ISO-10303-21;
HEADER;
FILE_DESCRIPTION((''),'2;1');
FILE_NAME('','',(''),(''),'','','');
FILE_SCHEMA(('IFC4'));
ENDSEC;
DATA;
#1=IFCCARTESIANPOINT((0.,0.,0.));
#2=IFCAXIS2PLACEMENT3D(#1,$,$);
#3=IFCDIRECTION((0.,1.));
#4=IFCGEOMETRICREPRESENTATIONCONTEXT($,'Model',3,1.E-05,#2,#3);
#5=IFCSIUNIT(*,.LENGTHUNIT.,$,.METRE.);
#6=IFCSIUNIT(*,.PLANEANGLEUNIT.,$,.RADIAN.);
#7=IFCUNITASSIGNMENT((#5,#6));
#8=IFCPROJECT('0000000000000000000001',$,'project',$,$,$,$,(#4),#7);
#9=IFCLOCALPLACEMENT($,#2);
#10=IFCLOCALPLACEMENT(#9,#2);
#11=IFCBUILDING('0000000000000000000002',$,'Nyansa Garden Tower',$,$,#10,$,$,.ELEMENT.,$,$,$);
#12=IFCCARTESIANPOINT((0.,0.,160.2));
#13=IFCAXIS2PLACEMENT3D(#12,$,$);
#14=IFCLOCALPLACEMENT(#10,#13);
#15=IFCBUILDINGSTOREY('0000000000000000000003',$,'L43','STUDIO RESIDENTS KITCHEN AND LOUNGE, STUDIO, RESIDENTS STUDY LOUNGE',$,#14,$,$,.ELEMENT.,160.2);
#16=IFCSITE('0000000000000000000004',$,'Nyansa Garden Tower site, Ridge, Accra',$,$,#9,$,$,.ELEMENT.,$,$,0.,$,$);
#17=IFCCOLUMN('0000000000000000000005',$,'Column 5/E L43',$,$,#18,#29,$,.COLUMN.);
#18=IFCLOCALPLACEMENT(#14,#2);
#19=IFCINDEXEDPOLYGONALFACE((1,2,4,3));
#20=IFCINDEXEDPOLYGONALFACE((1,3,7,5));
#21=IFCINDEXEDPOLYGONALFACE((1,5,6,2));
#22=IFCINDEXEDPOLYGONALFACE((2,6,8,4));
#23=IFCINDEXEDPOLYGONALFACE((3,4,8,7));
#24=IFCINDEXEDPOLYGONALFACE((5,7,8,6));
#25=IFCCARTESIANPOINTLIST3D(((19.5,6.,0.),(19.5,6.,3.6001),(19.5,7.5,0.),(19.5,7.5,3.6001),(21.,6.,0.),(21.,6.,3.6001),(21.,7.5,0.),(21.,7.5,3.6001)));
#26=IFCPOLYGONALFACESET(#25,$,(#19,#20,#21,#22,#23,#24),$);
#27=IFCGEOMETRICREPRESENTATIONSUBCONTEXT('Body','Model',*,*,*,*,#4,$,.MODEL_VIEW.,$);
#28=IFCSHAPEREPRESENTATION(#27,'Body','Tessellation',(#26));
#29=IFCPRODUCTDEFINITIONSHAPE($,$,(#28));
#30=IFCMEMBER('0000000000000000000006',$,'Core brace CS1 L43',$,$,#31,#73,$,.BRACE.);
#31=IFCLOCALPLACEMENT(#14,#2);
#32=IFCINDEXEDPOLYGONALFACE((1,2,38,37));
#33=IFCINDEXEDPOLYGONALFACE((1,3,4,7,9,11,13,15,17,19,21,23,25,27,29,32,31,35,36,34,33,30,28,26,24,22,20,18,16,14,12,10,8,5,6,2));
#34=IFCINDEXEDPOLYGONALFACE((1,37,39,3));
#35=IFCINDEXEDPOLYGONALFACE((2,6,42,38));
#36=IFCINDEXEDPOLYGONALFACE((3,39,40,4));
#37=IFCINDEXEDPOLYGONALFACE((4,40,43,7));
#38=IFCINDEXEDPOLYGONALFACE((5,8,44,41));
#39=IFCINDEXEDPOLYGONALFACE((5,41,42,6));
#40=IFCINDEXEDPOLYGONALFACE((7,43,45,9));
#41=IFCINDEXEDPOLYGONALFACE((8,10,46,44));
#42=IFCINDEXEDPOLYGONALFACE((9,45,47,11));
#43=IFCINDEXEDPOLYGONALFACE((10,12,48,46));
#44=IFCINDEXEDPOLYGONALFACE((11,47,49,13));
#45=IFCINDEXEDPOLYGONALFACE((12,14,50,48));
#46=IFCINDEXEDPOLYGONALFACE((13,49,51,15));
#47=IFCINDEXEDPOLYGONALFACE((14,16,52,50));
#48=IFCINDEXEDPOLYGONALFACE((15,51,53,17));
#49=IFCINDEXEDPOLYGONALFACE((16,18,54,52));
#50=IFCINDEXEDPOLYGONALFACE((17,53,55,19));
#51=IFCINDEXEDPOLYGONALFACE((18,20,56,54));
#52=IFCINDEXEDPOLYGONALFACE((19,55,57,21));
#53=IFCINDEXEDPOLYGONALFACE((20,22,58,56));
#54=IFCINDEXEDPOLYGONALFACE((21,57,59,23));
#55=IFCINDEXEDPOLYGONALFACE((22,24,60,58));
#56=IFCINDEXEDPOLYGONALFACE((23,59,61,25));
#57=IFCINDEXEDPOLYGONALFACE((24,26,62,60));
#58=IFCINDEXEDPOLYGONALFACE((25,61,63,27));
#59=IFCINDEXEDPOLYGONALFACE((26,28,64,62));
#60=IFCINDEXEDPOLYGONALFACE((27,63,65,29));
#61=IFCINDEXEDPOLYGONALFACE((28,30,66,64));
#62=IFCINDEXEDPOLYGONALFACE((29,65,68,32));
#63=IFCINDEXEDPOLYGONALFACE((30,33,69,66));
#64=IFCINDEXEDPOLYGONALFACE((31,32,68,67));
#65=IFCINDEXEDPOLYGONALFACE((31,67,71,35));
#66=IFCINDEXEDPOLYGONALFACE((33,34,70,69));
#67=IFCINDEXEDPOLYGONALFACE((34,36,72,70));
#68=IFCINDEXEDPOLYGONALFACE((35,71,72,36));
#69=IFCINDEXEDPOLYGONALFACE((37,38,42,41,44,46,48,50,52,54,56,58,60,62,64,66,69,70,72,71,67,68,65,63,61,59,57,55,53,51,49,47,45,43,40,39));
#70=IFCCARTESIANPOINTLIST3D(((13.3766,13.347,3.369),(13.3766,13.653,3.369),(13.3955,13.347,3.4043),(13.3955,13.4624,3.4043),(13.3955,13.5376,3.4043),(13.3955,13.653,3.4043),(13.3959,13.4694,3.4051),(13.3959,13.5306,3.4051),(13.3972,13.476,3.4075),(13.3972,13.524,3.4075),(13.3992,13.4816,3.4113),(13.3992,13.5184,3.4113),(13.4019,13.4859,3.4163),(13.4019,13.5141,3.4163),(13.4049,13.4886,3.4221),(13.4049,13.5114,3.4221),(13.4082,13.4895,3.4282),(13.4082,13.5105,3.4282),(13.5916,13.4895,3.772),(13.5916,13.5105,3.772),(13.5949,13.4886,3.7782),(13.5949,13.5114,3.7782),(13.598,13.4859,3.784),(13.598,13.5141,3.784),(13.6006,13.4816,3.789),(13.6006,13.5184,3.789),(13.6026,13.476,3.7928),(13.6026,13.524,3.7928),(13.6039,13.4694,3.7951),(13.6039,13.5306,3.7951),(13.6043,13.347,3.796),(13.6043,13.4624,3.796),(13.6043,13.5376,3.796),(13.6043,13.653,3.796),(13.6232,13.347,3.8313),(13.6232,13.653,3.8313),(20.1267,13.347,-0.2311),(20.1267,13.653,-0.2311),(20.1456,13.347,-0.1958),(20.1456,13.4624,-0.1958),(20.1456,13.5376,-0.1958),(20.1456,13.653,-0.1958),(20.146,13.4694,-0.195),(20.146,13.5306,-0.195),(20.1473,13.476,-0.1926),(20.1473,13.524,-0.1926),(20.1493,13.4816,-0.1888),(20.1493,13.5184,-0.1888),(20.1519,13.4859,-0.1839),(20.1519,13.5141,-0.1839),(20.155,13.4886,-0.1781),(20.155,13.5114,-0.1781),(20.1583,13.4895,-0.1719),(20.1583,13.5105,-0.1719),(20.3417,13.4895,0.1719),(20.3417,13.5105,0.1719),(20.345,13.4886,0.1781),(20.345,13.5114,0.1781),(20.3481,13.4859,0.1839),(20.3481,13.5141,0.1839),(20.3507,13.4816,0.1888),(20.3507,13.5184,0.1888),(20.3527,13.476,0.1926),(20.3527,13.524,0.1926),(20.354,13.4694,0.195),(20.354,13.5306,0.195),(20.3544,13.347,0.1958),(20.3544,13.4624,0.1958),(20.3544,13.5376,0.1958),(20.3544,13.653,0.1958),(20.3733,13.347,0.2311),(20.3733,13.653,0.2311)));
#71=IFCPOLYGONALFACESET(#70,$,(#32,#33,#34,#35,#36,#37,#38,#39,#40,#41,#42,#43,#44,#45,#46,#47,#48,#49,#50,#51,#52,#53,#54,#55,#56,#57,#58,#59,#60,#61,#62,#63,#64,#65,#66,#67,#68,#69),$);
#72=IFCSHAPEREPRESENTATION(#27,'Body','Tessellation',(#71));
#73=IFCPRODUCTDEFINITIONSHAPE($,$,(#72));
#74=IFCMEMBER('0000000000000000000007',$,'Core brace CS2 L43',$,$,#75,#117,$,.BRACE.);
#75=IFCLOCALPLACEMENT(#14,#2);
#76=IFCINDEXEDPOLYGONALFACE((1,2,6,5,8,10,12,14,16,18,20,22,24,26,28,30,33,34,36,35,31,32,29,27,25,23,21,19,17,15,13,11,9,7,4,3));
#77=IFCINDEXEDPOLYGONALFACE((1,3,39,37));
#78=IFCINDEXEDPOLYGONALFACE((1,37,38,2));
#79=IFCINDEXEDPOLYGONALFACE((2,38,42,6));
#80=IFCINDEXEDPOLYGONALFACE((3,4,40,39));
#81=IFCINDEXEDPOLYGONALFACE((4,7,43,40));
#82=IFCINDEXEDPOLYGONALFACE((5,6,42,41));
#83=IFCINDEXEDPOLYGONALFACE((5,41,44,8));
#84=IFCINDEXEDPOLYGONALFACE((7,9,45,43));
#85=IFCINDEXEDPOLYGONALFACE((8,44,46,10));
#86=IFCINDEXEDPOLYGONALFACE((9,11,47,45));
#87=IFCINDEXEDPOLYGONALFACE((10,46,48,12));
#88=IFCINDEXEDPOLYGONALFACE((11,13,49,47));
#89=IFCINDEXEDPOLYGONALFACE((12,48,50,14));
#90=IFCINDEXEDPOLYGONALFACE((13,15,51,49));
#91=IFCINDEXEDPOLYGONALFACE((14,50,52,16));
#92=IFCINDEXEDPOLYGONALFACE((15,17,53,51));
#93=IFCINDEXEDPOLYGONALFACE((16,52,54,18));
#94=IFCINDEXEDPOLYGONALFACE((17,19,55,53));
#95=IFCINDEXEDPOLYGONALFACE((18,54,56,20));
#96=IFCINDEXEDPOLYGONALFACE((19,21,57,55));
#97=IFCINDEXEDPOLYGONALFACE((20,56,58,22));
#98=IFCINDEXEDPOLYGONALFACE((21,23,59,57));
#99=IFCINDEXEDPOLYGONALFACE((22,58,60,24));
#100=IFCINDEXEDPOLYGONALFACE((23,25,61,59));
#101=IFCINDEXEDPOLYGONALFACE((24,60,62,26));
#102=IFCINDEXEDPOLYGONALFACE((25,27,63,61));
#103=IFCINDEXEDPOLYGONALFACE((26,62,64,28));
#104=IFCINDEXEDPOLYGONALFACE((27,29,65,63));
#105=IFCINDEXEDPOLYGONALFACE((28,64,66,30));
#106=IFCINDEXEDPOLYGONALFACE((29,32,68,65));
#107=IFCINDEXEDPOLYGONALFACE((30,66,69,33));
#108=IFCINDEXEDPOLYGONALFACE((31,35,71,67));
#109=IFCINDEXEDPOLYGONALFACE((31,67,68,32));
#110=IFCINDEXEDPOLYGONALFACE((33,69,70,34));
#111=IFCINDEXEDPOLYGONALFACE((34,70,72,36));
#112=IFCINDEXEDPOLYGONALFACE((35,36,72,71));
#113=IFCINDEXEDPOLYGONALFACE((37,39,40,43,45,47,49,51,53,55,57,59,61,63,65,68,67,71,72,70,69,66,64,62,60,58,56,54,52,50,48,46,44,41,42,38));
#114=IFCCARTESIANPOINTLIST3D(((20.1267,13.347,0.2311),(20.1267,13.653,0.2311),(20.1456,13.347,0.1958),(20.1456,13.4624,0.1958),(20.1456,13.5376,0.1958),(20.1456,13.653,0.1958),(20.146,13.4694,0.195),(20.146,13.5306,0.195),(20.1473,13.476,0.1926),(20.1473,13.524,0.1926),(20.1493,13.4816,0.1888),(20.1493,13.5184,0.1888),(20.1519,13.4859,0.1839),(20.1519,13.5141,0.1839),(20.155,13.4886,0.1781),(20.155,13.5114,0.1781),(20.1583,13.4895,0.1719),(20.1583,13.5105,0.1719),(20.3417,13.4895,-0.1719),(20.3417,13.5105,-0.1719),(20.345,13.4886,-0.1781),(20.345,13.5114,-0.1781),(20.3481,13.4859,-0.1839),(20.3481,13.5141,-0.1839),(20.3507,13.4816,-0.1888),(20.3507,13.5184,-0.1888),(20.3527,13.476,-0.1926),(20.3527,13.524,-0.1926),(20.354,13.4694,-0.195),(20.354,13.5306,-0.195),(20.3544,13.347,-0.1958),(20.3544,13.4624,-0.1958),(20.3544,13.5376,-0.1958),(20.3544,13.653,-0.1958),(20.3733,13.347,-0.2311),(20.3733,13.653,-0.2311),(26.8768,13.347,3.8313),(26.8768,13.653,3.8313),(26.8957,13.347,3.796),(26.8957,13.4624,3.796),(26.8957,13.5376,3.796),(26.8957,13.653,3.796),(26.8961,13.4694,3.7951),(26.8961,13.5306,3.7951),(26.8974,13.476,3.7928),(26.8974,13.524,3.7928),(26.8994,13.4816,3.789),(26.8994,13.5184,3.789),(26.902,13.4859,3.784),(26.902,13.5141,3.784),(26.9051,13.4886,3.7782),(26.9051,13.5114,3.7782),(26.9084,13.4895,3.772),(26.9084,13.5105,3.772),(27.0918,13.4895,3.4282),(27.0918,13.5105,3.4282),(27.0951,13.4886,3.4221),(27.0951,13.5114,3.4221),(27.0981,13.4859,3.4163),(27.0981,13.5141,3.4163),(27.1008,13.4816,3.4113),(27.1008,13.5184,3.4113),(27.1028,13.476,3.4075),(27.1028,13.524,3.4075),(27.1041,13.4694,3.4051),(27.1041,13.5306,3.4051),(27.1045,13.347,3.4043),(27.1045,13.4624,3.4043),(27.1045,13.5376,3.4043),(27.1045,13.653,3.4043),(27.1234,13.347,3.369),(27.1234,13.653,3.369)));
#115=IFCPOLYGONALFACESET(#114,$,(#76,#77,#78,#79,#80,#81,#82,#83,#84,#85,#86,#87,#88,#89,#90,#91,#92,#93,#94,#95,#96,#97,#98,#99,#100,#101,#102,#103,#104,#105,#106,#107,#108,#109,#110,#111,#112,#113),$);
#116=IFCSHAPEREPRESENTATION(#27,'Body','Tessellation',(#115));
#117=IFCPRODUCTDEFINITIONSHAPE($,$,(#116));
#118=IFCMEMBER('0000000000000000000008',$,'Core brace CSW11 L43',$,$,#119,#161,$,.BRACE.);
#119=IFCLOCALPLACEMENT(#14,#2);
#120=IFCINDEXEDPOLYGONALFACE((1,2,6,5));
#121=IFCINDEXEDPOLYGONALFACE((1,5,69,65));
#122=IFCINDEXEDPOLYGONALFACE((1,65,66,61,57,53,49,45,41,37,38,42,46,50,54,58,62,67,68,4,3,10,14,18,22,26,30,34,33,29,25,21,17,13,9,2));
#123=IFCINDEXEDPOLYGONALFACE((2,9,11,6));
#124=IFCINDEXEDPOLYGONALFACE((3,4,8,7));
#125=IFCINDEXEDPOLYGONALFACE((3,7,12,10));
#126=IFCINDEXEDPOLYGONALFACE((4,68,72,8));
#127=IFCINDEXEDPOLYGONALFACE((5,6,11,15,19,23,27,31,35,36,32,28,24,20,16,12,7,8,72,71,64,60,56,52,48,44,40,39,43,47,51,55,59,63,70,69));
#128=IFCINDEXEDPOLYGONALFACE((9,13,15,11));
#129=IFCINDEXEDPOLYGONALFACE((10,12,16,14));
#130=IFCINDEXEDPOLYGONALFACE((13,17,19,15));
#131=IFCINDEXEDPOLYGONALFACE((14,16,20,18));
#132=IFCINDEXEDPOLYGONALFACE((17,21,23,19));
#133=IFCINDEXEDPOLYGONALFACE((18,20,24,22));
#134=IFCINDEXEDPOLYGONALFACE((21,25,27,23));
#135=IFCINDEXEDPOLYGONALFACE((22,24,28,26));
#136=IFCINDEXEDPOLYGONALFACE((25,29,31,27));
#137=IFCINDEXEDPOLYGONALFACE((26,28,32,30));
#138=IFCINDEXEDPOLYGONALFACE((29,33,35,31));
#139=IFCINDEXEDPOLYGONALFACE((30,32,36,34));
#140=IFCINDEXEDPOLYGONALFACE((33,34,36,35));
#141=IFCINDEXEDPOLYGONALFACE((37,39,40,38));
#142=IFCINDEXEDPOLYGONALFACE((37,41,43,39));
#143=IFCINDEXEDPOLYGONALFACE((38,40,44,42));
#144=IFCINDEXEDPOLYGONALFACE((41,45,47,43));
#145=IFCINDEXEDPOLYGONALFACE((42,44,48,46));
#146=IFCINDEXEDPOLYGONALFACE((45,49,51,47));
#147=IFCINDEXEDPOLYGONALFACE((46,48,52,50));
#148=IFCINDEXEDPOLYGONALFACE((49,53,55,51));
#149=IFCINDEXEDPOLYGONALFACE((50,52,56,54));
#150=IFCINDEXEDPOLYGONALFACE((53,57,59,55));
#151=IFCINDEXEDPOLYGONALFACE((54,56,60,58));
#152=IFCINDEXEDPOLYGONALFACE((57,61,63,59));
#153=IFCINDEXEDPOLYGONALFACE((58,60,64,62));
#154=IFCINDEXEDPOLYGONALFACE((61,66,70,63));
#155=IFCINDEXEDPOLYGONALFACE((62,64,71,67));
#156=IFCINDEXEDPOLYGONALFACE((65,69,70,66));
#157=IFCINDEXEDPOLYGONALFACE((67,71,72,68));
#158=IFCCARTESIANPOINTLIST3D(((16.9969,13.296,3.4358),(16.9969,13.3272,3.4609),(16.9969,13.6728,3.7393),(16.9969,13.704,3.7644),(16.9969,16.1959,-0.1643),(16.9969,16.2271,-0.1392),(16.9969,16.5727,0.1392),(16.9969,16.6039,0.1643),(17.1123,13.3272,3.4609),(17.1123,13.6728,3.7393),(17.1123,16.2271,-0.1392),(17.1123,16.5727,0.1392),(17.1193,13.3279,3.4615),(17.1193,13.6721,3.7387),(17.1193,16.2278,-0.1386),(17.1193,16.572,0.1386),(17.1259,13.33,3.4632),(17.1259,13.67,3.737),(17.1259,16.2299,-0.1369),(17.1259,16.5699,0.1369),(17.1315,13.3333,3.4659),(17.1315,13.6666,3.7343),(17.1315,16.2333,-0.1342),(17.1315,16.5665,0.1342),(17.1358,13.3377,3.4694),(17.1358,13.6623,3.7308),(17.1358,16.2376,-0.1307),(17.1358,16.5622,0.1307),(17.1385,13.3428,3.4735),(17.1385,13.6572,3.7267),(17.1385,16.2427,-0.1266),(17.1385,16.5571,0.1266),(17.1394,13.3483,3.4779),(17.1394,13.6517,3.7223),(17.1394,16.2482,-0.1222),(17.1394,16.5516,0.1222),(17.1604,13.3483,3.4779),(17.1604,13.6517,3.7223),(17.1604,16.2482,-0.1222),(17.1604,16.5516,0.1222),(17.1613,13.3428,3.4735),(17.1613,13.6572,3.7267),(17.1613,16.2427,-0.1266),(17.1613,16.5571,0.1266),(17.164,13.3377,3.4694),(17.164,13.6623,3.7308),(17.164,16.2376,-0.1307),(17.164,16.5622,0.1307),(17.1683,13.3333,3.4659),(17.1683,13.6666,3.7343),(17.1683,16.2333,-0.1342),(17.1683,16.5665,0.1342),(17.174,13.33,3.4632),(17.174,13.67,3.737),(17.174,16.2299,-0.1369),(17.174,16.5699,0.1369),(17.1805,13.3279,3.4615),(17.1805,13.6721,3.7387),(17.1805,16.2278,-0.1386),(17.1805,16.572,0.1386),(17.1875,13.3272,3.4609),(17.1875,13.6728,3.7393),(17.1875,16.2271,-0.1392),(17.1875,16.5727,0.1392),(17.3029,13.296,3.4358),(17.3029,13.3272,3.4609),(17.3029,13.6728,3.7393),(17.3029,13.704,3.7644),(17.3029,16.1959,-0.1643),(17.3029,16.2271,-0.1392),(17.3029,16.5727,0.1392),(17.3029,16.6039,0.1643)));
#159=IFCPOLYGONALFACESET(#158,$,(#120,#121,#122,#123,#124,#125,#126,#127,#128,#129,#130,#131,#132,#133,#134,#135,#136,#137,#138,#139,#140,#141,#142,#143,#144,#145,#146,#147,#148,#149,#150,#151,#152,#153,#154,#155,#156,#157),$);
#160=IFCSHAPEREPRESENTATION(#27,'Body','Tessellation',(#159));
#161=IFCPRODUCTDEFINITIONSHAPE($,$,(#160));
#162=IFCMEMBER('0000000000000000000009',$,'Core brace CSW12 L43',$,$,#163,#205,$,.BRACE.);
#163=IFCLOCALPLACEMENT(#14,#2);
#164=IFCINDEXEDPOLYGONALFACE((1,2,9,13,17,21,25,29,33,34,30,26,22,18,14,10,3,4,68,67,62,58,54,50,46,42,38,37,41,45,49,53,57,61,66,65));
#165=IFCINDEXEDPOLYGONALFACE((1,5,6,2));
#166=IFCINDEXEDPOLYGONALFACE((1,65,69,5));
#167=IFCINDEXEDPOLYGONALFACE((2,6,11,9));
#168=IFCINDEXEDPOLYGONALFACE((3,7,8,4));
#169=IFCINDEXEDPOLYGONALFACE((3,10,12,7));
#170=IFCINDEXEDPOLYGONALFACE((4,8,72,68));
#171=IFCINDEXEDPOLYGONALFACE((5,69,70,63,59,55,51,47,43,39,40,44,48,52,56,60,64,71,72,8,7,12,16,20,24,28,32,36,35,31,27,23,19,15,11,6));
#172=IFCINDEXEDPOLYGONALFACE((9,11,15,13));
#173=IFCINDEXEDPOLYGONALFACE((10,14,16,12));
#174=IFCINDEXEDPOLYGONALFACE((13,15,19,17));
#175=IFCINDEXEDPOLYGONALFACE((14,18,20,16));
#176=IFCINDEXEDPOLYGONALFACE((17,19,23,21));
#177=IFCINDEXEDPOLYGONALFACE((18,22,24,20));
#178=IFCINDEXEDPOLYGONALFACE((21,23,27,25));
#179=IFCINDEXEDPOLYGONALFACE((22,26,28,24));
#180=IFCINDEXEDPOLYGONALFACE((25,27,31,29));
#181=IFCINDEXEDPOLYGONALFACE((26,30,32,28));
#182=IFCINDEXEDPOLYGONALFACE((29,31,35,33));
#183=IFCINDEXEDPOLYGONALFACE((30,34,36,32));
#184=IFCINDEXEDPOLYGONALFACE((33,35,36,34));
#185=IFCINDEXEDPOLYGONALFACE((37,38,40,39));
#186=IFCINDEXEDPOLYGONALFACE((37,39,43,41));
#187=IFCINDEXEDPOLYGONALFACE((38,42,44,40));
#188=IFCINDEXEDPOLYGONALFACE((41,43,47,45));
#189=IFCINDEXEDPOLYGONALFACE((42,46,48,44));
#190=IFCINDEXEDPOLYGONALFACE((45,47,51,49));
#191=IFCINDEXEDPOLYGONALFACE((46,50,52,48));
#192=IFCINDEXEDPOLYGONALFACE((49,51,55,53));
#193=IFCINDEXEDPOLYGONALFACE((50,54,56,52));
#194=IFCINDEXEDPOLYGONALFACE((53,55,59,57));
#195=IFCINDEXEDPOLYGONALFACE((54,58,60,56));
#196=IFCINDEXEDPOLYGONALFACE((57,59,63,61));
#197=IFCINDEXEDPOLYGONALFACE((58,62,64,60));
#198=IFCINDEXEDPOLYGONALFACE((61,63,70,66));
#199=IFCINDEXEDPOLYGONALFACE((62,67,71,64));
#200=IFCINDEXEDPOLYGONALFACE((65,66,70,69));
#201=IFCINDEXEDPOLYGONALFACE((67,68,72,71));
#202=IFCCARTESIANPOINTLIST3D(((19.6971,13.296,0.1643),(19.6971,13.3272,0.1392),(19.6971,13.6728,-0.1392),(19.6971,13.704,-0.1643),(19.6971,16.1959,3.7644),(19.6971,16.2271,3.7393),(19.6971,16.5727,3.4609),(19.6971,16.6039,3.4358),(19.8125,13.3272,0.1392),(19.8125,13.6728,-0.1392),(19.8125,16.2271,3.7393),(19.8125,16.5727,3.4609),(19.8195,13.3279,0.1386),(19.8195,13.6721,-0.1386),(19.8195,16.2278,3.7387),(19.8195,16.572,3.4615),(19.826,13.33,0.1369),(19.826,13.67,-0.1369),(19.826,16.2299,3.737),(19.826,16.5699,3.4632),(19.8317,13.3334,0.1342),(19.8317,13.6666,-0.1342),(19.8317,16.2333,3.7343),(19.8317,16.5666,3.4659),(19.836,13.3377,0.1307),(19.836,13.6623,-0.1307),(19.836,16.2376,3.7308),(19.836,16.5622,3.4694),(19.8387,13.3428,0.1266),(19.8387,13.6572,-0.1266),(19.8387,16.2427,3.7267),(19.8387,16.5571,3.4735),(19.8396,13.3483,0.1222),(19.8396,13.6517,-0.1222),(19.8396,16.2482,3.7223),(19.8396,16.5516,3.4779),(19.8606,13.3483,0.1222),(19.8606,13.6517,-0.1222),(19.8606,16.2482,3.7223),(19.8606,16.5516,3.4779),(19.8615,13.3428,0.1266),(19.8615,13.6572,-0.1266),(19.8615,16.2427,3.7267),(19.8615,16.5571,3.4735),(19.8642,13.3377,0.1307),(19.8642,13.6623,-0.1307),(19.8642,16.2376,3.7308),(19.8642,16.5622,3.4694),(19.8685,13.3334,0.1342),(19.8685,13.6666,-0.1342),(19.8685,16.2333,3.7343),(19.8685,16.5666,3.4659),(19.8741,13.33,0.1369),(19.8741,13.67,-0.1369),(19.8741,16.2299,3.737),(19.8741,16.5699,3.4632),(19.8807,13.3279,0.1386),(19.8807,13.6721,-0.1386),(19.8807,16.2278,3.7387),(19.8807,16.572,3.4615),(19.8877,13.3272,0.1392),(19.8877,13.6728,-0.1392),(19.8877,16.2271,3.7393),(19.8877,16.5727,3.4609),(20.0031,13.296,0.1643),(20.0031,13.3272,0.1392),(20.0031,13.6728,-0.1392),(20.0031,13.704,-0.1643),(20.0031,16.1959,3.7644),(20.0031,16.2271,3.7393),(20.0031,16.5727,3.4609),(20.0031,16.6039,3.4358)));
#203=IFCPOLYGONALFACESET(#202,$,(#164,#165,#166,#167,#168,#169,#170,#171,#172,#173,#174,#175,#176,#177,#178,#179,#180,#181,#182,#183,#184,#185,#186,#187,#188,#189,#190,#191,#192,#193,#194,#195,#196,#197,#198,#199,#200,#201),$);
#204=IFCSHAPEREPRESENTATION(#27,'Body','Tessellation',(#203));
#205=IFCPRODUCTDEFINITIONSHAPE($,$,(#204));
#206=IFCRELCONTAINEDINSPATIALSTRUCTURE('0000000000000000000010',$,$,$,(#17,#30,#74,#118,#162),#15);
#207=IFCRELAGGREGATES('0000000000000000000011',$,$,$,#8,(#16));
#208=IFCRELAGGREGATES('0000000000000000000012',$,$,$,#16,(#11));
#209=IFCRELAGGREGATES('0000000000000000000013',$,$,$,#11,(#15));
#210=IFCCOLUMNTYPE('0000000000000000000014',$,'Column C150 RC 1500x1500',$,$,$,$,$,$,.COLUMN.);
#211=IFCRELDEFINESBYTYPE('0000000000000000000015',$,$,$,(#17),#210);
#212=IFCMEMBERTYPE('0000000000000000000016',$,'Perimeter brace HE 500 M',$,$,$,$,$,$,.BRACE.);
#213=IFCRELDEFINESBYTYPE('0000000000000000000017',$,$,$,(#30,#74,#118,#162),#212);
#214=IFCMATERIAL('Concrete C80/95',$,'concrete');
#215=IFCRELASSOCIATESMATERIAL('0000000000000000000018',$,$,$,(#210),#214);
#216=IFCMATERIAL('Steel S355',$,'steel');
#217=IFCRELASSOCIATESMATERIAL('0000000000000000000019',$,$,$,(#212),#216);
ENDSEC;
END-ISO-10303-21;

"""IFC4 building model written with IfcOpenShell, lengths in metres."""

from ifc_helpers import new_model, si_unit, direction, frame, origin, origin_2d, place, context, subcontext, project, spatial, rectangle, i_section, extrude, material, material_profile, profile_set, type_object, element, save


model = new_model("IFC4")

# Units and contexts
model_context = context("Model", 3, precision=1e-05, world=origin(), true_north=direction((0.0, 1.0)))
body_context = subcontext(model_context, "Body", "Model", "MODEL_VIEW")
ifc_project = project(units=[si_unit("LENGTHUNIT", "METRE"), si_unit("PLANEANGLEUNIT", "RADIAN")], contexts=[model_context])

# Site, building, storey
site_placement = place(None, origin())
site = spatial("IfcSite", under=ifc_project, at=site_placement, Name="Nyansa Garden Tower site, Ridge, Accra", CompositionType="ELEMENT", RefElevation=0.0)
building_placement = place(site_placement, origin())
building = spatial("IfcBuilding", under=site, at=building_placement, Name="Nyansa Garden Tower", CompositionType="ELEMENT")
storey_placement = place(building_placement, frame((0.0, 0.0, 160.2)))
storey = spatial("IfcBuildingStorey", under=building, at=storey_placement, Name="L43", Description="STUDIO RESIDENTS KITCHEN AND LOUNGE, STUDIO, RESIDENTS STUDY LOUNGE", CompositionType="ELEMENT", Elevation=160.2)

# Column
ifc_material_1 = material(Name="Concrete C80/95", Category="concrete")
ifc_material_profile_1 = material_profile(ifc_material_1, rectangle(XDim=1.5, YDim=1.5, at=origin_2d()), Name="RC 1500x1500")
ifc_profile_set_1 = profile_set([ifc_material_profile_1], Name="Concrete C80/95")
column_type = type_object("IfcColumnType", Name="Column C150 RC 1500x1500", PredefinedType="COLUMN", material=ifc_profile_set_1)
column_placement = place(storey_placement, frame((20.25, 6.75, 0.0), z_axis=(0.0, 0.0, 1.0), x_axis=(1.0, 0.0, 0.0)))
element("IfcColumn", 1, at=column_placement, inside=storey, type_object=column_type, Name="Column 5/E L43", PredefinedType="COLUMN", context=body_context, shape_type="SweptSolid", body=[
    extrude(rectangle(XDim=1.5, YDim=1.5, at=origin_2d()), origin(), (0.0, 0.0, 1.0), 3.6001),
])

# Members
ifc_material_2 = material(Name="Steel S355", Category="steel")
ifc_material_profile_2 = material_profile(ifc_material_2, i_section(OverallWidth=0.3059, OverallDepth=0.5239, WebThickness=0.021, FlangeThickness=0.04, FilletRadius=0.0271, at=origin_2d()), Name="HE 500 M")
ifc_profile_set_2 = profile_set([ifc_material_profile_2], Name="Steel S355")
member_type = type_object("IfcMemberType", Name="Perimeter brace HE 500 M", PredefinedType="BRACE", material=ifc_profile_set_2)
for number, where, z_axis, x_axis, name in (
    (2, (20.25, 13.5, 0.0), (-0.882348, 0.0, 0.470598), (0.0, -1.0, 0.0), "Core brace CS1 L43"),
    (3, (20.25, 13.5, 0.0), (0.882348, 0.0, 0.470598), (0.0, 1.0, 0.0), "Core brace CS2 L43"),
):
    element("IfcMember", number, at=place(storey_placement, frame(where, z_axis=z_axis, x_axis=x_axis)), inside=storey, type_object=member_type, Name=name, PredefinedType="BRACE", context=body_context, shape_type="SweptSolid", body=[
        extrude(i_section(OverallWidth=0.3059, OverallDepth=0.5239, WebThickness=0.021, FlangeThickness=0.04, FilletRadius=0.0271, at=origin_2d()), origin(), (0.0, 0.0, 1.0), 7.6501),
    ])
for number, where, z_axis, x_axis, name in (
    (4, (17.1499, 16.3999, 0.0), (0.0, -0.627306, 0.778773), (1.0, 0.0, 0.0), "Core brace CSW11 L43"),
    (5, (19.8501, 13.5, 0.0), (0.0, 0.627306, 0.778773), (-1.0, 0.0, 0.0), "Core brace CSW12 L43"),
):
    element("IfcMember", number, at=place(storey_placement, frame(where, z_axis=z_axis, x_axis=x_axis)), inside=storey, type_object=member_type, Name=name, PredefinedType="BRACE", context=body_context, shape_type="SweptSolid", body=[
        extrude(i_section(OverallWidth=0.3059, OverallDepth=0.5239, WebThickness=0.021, FlangeThickness=0.04, FilletRadius=0.0271, at=origin_2d()), origin(), (0.0, 0.0, 1.0), 4.6228),
    ])

save(model, "model.ifc")
